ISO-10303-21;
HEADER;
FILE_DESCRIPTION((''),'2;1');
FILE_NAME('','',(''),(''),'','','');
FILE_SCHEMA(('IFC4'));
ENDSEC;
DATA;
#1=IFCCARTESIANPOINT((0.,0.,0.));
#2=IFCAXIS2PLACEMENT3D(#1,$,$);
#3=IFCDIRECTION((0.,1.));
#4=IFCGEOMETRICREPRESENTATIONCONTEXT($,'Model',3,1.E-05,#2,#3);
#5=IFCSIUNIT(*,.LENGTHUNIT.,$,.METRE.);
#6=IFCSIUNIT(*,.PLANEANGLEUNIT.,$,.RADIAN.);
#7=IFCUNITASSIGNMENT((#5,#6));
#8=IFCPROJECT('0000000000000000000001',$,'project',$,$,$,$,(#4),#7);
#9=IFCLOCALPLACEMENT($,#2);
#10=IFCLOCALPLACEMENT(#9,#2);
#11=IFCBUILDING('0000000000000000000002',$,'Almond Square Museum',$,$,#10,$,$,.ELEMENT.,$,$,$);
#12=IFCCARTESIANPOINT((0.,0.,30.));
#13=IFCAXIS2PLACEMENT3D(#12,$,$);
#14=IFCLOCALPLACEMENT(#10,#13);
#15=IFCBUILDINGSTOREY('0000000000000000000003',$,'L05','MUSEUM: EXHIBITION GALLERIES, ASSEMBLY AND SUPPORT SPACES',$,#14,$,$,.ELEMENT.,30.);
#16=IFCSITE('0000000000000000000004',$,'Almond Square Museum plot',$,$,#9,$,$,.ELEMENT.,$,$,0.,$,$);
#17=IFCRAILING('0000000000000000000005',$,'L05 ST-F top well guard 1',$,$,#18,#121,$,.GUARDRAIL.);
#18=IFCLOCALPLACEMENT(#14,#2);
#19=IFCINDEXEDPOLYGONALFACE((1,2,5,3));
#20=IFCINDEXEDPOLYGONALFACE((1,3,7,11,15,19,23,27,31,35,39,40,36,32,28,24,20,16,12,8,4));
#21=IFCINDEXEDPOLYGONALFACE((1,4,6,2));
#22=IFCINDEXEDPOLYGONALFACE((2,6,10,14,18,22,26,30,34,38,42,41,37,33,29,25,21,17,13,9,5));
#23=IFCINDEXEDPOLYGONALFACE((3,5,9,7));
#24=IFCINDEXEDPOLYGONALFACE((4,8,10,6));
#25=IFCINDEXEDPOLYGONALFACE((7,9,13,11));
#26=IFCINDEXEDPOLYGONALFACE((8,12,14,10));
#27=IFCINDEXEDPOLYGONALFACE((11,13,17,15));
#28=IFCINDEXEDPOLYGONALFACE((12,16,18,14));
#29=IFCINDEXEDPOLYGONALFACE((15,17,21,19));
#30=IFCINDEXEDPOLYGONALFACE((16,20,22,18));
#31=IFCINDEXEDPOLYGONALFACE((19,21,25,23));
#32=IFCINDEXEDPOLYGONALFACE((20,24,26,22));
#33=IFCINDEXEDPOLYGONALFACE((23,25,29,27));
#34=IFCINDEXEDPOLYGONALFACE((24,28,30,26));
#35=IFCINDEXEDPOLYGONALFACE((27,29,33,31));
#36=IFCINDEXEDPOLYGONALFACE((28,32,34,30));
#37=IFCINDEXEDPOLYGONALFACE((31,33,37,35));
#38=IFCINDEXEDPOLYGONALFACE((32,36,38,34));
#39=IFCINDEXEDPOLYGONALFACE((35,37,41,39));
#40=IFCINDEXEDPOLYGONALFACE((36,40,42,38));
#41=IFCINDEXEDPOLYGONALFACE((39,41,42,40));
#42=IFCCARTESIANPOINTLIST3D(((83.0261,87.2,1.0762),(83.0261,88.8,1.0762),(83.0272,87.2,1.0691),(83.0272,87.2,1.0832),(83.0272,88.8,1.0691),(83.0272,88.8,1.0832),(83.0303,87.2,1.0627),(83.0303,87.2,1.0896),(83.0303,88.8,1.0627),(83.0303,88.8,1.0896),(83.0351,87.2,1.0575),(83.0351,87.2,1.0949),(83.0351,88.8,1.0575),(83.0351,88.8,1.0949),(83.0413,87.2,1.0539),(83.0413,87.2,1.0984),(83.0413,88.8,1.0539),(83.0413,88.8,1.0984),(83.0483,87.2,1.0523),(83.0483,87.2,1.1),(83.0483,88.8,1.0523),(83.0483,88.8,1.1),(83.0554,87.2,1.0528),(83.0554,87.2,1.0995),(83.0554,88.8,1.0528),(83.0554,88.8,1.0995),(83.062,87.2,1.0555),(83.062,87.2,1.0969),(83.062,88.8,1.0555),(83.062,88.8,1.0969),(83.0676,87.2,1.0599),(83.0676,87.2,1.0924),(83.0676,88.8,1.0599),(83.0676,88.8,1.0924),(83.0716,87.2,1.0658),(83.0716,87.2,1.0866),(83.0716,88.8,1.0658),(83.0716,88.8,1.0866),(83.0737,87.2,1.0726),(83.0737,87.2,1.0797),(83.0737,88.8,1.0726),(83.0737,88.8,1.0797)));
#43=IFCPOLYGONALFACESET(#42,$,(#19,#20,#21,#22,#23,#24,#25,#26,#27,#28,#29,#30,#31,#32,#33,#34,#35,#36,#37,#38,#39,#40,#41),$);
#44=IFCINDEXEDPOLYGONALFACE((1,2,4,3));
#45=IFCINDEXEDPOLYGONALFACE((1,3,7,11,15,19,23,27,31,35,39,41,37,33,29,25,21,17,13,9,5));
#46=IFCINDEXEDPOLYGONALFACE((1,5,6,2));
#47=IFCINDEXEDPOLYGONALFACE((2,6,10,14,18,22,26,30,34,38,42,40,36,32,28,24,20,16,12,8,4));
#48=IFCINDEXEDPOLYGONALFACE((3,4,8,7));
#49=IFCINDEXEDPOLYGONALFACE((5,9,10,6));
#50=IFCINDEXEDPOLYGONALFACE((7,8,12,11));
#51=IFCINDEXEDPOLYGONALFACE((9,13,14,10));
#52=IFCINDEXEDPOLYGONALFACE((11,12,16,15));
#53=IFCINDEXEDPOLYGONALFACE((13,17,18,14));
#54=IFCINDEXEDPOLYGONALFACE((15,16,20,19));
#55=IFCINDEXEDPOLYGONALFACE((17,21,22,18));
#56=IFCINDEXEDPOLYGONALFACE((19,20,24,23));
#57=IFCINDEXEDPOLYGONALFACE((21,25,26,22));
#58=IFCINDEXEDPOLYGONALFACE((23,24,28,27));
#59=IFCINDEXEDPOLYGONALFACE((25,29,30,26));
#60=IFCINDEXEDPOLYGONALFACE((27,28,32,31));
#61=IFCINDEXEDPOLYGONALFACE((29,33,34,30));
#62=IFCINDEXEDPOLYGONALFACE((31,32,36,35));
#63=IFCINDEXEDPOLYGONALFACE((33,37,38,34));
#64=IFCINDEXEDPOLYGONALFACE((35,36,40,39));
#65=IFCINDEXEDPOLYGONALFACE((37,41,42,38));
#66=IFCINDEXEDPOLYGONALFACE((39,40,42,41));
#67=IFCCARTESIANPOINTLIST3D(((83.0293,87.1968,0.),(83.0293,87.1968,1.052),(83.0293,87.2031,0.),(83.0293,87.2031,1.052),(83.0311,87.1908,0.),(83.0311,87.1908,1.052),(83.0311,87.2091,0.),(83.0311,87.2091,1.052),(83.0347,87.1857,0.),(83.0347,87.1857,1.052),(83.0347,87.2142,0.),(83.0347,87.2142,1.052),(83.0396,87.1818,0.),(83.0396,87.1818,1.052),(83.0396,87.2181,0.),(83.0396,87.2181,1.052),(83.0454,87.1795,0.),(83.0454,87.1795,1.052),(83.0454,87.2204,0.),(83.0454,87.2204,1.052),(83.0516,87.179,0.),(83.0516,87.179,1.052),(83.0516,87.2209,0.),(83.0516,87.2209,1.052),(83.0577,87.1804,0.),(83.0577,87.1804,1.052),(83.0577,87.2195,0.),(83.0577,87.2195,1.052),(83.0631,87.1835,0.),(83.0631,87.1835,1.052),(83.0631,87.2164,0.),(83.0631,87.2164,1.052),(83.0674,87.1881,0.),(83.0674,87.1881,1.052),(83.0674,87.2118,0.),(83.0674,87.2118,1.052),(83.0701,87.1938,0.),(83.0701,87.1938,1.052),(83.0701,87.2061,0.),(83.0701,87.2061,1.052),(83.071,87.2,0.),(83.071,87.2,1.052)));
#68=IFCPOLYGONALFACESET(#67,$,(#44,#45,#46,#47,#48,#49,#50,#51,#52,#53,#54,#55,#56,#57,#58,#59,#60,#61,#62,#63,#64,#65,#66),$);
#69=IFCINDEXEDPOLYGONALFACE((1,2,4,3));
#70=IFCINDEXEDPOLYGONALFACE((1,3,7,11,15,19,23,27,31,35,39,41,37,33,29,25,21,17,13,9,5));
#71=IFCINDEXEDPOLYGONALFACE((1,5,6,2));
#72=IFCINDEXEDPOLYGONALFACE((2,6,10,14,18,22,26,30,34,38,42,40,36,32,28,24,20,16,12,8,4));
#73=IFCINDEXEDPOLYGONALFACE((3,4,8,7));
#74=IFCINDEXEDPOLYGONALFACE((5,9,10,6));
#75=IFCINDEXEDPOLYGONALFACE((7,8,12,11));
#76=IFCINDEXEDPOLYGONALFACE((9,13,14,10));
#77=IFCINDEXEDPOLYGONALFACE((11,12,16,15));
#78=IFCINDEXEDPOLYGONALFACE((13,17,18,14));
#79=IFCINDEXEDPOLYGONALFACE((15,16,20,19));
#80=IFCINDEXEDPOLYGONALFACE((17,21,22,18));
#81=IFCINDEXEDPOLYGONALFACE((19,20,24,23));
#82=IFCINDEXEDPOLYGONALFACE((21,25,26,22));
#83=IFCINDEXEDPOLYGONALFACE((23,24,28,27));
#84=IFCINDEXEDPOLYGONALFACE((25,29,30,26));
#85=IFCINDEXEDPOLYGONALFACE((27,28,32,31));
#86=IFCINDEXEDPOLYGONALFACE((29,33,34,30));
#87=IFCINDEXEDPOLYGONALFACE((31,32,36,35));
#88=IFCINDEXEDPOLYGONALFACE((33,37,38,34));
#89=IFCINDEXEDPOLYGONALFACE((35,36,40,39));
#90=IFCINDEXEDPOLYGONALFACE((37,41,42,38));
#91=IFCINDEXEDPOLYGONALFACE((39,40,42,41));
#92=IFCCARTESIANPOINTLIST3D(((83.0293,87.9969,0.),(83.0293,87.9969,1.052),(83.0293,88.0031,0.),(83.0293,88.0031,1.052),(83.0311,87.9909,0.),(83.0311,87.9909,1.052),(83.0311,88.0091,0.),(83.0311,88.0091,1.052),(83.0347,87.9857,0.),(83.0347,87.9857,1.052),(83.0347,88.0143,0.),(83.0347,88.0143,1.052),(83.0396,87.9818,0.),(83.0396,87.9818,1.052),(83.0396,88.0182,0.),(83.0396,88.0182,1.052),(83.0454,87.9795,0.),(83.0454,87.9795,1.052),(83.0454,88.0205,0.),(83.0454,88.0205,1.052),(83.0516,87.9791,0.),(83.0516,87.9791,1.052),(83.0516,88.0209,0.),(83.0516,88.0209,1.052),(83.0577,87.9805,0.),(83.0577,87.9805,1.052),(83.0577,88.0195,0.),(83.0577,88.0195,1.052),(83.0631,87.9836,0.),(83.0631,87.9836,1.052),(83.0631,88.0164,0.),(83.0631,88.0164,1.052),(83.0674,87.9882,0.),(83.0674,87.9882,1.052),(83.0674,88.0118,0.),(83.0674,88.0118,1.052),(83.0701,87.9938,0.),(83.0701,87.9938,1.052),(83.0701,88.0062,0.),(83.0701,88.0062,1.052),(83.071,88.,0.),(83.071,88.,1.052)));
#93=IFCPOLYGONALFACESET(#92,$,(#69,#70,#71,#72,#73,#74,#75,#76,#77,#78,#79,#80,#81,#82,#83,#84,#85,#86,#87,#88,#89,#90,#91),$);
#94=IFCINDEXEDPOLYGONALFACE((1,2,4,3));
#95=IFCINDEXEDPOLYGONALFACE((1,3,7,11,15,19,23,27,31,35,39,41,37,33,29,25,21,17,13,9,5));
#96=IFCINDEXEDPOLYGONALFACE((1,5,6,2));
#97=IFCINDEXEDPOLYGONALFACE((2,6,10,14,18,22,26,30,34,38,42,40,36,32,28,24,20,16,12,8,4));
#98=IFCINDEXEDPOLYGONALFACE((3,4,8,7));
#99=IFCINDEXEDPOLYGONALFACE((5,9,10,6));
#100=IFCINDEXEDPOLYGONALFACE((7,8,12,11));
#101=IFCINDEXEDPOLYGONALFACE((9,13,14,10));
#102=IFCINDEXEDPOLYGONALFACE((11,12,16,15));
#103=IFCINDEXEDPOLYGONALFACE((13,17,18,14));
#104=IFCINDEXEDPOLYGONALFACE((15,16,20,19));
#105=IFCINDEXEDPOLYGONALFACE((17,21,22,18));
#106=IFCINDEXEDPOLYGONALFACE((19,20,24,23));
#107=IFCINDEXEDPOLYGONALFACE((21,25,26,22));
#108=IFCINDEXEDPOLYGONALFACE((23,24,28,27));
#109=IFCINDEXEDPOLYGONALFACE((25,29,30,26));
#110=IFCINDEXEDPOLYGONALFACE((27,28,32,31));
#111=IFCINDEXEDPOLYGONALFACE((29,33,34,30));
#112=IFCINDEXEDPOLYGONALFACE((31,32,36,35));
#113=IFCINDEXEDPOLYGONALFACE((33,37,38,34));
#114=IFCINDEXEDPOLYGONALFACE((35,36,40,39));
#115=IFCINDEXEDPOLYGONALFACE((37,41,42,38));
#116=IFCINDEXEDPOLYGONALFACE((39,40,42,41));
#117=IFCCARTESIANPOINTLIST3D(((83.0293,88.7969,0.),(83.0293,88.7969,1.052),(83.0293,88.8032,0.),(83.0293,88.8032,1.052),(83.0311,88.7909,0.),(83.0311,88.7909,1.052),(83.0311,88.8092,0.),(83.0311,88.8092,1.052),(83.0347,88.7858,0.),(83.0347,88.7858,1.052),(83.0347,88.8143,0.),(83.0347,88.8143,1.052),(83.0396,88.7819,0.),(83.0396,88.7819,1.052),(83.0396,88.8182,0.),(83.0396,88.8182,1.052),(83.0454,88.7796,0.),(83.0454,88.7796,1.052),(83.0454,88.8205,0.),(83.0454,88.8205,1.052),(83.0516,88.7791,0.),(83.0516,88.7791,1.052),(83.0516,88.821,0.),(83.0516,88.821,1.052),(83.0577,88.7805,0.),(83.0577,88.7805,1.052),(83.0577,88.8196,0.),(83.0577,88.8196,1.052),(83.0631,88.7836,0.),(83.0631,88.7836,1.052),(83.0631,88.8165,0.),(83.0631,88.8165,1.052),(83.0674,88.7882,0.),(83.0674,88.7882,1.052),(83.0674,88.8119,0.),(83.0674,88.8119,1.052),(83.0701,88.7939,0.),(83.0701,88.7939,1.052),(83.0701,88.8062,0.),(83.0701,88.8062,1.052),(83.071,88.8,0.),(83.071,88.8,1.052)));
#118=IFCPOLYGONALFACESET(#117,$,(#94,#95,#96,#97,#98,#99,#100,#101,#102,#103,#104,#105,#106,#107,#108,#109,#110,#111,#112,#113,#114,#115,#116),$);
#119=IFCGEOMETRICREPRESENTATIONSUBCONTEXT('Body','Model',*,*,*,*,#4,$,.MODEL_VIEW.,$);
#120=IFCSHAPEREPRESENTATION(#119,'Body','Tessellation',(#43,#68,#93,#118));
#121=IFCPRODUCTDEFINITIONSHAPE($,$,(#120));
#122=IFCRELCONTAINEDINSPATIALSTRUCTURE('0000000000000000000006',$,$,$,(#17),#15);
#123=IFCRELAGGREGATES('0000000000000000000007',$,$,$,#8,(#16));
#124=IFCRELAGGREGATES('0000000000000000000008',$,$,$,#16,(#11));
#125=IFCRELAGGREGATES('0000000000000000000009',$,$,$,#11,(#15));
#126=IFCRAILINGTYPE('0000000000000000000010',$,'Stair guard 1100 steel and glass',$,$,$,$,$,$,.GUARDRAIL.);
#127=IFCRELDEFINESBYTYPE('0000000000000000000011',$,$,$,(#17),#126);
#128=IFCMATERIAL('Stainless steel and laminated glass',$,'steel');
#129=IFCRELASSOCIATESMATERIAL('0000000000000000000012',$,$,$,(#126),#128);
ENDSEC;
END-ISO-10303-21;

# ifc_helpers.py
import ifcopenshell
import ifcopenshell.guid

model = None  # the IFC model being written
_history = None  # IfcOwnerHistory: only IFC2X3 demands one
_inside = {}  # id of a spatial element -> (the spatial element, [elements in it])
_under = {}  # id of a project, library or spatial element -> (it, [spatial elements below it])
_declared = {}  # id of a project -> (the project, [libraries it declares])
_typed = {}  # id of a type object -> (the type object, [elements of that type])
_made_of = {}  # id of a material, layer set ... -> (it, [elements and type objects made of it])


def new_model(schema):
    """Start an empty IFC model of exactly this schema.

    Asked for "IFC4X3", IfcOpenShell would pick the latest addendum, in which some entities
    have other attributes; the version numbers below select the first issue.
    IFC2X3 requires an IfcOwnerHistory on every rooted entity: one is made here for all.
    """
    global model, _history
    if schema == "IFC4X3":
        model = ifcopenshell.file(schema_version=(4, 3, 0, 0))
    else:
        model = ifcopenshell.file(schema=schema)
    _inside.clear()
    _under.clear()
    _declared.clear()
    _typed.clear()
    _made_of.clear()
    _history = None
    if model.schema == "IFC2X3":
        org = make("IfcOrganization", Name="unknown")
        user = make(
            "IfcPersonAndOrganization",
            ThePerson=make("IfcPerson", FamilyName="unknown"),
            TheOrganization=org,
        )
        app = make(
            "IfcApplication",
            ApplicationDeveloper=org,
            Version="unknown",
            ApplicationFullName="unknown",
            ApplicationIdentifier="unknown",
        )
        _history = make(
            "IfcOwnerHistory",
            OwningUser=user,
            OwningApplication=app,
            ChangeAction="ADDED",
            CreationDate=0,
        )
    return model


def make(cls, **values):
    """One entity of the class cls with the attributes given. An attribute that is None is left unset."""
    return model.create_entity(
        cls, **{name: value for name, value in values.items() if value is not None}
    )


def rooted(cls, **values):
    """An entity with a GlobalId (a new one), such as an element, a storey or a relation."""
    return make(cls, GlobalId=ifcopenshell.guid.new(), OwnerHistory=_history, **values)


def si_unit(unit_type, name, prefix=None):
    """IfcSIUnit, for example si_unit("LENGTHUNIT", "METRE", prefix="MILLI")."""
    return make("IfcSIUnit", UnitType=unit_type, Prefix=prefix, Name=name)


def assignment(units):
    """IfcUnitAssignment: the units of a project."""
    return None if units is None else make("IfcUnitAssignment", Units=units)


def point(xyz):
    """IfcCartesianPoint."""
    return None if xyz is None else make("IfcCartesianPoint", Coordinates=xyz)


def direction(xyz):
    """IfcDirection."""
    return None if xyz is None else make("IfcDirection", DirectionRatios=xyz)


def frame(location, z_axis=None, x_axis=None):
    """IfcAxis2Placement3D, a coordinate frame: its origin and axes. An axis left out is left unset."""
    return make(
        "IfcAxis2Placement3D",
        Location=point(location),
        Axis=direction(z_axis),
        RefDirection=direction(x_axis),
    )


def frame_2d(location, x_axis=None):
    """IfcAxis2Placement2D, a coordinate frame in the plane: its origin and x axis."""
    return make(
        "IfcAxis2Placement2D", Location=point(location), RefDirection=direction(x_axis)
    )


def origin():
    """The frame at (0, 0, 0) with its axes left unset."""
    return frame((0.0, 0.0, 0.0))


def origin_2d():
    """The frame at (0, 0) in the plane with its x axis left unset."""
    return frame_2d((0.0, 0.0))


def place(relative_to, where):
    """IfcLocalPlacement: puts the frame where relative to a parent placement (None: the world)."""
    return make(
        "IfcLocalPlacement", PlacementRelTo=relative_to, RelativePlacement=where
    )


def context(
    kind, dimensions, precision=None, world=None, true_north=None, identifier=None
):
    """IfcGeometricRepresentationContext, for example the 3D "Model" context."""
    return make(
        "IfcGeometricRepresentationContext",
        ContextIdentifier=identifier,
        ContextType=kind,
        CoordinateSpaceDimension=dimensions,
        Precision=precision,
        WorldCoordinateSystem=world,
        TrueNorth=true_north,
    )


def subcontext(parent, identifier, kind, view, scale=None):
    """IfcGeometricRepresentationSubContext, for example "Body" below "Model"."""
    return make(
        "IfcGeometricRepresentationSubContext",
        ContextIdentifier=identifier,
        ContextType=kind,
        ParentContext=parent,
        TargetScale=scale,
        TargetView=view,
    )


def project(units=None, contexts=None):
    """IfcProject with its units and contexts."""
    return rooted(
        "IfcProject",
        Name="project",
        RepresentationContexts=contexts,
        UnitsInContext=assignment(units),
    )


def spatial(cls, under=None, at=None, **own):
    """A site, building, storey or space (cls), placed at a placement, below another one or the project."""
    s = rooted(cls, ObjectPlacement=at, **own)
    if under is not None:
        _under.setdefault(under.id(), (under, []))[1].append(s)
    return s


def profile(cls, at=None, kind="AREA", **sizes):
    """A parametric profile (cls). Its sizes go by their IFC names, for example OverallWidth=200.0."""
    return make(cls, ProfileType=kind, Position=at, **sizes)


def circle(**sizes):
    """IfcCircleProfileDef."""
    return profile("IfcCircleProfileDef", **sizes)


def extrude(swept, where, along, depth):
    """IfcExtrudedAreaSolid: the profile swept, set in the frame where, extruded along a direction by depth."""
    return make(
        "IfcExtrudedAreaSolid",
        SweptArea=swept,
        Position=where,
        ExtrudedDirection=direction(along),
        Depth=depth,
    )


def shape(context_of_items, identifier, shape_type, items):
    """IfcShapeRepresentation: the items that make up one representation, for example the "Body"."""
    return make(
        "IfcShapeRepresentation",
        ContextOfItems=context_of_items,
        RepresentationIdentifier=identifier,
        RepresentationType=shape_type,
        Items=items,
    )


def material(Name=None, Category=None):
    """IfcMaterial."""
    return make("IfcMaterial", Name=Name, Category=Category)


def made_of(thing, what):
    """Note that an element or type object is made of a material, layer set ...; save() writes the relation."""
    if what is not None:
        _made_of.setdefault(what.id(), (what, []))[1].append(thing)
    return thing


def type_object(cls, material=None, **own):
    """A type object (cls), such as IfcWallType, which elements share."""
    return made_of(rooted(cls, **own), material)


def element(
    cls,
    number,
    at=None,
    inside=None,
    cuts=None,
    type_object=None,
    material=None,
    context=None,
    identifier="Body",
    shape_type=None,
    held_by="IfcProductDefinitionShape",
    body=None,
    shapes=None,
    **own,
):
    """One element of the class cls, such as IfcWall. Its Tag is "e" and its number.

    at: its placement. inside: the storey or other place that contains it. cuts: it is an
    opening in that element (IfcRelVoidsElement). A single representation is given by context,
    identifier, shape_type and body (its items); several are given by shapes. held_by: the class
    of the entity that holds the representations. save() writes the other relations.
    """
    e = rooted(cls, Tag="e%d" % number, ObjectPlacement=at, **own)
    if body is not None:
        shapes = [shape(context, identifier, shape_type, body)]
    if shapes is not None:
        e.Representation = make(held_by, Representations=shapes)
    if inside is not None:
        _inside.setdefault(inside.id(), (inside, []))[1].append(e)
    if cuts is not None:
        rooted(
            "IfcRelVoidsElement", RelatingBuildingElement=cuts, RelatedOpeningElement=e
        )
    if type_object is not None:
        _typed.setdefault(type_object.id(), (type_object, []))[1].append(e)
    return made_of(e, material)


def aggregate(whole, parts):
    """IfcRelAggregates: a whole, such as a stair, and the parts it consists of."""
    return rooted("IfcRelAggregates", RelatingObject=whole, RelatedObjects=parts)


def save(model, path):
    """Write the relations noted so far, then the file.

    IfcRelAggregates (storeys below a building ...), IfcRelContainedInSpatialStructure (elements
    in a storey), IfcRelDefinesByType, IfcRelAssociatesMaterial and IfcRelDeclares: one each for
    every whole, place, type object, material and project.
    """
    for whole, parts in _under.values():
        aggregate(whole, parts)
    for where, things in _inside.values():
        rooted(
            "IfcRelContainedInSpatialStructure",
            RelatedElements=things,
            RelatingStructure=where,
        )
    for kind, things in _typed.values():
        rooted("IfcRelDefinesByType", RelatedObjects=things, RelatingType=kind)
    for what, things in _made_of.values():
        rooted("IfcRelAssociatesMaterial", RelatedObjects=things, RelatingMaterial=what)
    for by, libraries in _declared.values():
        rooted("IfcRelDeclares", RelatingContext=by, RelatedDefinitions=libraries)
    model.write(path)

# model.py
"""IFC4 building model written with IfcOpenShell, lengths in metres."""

from ifc_helpers import new_model, si_unit, direction, frame, origin, origin_2d, place, context, subcontext, project, spatial, circle, extrude, material, type_object, element, save


model = new_model("IFC4")

# Units and contexts
model_context = context("Model", 3, precision=1e-05, world=origin(), true_north=direction((0.0, 1.0)))
body_context = subcontext(model_context, "Body", "Model", "MODEL_VIEW")
ifc_project = project(units=[si_unit("LENGTHUNIT", "METRE"), si_unit("PLANEANGLEUNIT", "RADIAN")], contexts=[model_context])

# Site, building, storey
site_placement = place(None, origin())
site = spatial("IfcSite", under=ifc_project, at=site_placement, Name="Almond Square Museum plot", CompositionType="ELEMENT", RefElevation=0.0)
building_placement = place(site_placement, origin())
building = spatial("IfcBuilding", under=site, at=building_placement, Name="Almond Square Museum", CompositionType="ELEMENT")
storey_placement = place(building_placement, frame((0.0, 0.0, 30.0)))
storey = spatial("IfcBuildingStorey", under=building, at=storey_placement, Name="L05", Description="MUSEUM: EXHIBITION GALLERIES, ASSEMBLY AND SUPPORT SPACES", CompositionType="ELEMENT", Elevation=30.0)

# Railing
ifc_material_1 = material(Name="Stainless steel and laminated glass", Category="steel")
railing_type_1 = type_object("IfcRailingType", Name="Stair guard 1100 steel and glass", PredefinedType="GUARDRAIL", material=ifc_material_1)
railing_1_placement = place(storey_placement, frame((83.05, 87.2, 0.0)))
element("IfcRailing", 1, at=railing_1_placement, inside=storey, type_object=railing_type_1, Name="L05 ST-F top well guard 1", PredefinedType="GUARDRAIL", context=body_context, shape_type="SweptSolid", body=[
    extrude(circle(Radius=0.0239, at=origin_2d()), frame((0.0, 0.0, 1.0762), z_axis=(0.0, 1.0, 0.0), x_axis=(-1.0, 0.0, 0.0)), (0.0, 0.0, 1.0), 1.6001),
    extrude(circle(Radius=0.021, at=origin_2d()), origin(), (0.0, 0.0, 1.0), 1.052),
    extrude(circle(Radius=0.021, at=origin_2d()), frame((0.0, 0.8, 0.0)), (0.0, 0.0, 1.0), 1.052),
    extrude(circle(Radius=0.021, at=origin_2d()), frame((0.0, 1.6001, 0.0)), (0.0, 0.0, 1.0), 1.052),
])

save(model, "model.ifc")
